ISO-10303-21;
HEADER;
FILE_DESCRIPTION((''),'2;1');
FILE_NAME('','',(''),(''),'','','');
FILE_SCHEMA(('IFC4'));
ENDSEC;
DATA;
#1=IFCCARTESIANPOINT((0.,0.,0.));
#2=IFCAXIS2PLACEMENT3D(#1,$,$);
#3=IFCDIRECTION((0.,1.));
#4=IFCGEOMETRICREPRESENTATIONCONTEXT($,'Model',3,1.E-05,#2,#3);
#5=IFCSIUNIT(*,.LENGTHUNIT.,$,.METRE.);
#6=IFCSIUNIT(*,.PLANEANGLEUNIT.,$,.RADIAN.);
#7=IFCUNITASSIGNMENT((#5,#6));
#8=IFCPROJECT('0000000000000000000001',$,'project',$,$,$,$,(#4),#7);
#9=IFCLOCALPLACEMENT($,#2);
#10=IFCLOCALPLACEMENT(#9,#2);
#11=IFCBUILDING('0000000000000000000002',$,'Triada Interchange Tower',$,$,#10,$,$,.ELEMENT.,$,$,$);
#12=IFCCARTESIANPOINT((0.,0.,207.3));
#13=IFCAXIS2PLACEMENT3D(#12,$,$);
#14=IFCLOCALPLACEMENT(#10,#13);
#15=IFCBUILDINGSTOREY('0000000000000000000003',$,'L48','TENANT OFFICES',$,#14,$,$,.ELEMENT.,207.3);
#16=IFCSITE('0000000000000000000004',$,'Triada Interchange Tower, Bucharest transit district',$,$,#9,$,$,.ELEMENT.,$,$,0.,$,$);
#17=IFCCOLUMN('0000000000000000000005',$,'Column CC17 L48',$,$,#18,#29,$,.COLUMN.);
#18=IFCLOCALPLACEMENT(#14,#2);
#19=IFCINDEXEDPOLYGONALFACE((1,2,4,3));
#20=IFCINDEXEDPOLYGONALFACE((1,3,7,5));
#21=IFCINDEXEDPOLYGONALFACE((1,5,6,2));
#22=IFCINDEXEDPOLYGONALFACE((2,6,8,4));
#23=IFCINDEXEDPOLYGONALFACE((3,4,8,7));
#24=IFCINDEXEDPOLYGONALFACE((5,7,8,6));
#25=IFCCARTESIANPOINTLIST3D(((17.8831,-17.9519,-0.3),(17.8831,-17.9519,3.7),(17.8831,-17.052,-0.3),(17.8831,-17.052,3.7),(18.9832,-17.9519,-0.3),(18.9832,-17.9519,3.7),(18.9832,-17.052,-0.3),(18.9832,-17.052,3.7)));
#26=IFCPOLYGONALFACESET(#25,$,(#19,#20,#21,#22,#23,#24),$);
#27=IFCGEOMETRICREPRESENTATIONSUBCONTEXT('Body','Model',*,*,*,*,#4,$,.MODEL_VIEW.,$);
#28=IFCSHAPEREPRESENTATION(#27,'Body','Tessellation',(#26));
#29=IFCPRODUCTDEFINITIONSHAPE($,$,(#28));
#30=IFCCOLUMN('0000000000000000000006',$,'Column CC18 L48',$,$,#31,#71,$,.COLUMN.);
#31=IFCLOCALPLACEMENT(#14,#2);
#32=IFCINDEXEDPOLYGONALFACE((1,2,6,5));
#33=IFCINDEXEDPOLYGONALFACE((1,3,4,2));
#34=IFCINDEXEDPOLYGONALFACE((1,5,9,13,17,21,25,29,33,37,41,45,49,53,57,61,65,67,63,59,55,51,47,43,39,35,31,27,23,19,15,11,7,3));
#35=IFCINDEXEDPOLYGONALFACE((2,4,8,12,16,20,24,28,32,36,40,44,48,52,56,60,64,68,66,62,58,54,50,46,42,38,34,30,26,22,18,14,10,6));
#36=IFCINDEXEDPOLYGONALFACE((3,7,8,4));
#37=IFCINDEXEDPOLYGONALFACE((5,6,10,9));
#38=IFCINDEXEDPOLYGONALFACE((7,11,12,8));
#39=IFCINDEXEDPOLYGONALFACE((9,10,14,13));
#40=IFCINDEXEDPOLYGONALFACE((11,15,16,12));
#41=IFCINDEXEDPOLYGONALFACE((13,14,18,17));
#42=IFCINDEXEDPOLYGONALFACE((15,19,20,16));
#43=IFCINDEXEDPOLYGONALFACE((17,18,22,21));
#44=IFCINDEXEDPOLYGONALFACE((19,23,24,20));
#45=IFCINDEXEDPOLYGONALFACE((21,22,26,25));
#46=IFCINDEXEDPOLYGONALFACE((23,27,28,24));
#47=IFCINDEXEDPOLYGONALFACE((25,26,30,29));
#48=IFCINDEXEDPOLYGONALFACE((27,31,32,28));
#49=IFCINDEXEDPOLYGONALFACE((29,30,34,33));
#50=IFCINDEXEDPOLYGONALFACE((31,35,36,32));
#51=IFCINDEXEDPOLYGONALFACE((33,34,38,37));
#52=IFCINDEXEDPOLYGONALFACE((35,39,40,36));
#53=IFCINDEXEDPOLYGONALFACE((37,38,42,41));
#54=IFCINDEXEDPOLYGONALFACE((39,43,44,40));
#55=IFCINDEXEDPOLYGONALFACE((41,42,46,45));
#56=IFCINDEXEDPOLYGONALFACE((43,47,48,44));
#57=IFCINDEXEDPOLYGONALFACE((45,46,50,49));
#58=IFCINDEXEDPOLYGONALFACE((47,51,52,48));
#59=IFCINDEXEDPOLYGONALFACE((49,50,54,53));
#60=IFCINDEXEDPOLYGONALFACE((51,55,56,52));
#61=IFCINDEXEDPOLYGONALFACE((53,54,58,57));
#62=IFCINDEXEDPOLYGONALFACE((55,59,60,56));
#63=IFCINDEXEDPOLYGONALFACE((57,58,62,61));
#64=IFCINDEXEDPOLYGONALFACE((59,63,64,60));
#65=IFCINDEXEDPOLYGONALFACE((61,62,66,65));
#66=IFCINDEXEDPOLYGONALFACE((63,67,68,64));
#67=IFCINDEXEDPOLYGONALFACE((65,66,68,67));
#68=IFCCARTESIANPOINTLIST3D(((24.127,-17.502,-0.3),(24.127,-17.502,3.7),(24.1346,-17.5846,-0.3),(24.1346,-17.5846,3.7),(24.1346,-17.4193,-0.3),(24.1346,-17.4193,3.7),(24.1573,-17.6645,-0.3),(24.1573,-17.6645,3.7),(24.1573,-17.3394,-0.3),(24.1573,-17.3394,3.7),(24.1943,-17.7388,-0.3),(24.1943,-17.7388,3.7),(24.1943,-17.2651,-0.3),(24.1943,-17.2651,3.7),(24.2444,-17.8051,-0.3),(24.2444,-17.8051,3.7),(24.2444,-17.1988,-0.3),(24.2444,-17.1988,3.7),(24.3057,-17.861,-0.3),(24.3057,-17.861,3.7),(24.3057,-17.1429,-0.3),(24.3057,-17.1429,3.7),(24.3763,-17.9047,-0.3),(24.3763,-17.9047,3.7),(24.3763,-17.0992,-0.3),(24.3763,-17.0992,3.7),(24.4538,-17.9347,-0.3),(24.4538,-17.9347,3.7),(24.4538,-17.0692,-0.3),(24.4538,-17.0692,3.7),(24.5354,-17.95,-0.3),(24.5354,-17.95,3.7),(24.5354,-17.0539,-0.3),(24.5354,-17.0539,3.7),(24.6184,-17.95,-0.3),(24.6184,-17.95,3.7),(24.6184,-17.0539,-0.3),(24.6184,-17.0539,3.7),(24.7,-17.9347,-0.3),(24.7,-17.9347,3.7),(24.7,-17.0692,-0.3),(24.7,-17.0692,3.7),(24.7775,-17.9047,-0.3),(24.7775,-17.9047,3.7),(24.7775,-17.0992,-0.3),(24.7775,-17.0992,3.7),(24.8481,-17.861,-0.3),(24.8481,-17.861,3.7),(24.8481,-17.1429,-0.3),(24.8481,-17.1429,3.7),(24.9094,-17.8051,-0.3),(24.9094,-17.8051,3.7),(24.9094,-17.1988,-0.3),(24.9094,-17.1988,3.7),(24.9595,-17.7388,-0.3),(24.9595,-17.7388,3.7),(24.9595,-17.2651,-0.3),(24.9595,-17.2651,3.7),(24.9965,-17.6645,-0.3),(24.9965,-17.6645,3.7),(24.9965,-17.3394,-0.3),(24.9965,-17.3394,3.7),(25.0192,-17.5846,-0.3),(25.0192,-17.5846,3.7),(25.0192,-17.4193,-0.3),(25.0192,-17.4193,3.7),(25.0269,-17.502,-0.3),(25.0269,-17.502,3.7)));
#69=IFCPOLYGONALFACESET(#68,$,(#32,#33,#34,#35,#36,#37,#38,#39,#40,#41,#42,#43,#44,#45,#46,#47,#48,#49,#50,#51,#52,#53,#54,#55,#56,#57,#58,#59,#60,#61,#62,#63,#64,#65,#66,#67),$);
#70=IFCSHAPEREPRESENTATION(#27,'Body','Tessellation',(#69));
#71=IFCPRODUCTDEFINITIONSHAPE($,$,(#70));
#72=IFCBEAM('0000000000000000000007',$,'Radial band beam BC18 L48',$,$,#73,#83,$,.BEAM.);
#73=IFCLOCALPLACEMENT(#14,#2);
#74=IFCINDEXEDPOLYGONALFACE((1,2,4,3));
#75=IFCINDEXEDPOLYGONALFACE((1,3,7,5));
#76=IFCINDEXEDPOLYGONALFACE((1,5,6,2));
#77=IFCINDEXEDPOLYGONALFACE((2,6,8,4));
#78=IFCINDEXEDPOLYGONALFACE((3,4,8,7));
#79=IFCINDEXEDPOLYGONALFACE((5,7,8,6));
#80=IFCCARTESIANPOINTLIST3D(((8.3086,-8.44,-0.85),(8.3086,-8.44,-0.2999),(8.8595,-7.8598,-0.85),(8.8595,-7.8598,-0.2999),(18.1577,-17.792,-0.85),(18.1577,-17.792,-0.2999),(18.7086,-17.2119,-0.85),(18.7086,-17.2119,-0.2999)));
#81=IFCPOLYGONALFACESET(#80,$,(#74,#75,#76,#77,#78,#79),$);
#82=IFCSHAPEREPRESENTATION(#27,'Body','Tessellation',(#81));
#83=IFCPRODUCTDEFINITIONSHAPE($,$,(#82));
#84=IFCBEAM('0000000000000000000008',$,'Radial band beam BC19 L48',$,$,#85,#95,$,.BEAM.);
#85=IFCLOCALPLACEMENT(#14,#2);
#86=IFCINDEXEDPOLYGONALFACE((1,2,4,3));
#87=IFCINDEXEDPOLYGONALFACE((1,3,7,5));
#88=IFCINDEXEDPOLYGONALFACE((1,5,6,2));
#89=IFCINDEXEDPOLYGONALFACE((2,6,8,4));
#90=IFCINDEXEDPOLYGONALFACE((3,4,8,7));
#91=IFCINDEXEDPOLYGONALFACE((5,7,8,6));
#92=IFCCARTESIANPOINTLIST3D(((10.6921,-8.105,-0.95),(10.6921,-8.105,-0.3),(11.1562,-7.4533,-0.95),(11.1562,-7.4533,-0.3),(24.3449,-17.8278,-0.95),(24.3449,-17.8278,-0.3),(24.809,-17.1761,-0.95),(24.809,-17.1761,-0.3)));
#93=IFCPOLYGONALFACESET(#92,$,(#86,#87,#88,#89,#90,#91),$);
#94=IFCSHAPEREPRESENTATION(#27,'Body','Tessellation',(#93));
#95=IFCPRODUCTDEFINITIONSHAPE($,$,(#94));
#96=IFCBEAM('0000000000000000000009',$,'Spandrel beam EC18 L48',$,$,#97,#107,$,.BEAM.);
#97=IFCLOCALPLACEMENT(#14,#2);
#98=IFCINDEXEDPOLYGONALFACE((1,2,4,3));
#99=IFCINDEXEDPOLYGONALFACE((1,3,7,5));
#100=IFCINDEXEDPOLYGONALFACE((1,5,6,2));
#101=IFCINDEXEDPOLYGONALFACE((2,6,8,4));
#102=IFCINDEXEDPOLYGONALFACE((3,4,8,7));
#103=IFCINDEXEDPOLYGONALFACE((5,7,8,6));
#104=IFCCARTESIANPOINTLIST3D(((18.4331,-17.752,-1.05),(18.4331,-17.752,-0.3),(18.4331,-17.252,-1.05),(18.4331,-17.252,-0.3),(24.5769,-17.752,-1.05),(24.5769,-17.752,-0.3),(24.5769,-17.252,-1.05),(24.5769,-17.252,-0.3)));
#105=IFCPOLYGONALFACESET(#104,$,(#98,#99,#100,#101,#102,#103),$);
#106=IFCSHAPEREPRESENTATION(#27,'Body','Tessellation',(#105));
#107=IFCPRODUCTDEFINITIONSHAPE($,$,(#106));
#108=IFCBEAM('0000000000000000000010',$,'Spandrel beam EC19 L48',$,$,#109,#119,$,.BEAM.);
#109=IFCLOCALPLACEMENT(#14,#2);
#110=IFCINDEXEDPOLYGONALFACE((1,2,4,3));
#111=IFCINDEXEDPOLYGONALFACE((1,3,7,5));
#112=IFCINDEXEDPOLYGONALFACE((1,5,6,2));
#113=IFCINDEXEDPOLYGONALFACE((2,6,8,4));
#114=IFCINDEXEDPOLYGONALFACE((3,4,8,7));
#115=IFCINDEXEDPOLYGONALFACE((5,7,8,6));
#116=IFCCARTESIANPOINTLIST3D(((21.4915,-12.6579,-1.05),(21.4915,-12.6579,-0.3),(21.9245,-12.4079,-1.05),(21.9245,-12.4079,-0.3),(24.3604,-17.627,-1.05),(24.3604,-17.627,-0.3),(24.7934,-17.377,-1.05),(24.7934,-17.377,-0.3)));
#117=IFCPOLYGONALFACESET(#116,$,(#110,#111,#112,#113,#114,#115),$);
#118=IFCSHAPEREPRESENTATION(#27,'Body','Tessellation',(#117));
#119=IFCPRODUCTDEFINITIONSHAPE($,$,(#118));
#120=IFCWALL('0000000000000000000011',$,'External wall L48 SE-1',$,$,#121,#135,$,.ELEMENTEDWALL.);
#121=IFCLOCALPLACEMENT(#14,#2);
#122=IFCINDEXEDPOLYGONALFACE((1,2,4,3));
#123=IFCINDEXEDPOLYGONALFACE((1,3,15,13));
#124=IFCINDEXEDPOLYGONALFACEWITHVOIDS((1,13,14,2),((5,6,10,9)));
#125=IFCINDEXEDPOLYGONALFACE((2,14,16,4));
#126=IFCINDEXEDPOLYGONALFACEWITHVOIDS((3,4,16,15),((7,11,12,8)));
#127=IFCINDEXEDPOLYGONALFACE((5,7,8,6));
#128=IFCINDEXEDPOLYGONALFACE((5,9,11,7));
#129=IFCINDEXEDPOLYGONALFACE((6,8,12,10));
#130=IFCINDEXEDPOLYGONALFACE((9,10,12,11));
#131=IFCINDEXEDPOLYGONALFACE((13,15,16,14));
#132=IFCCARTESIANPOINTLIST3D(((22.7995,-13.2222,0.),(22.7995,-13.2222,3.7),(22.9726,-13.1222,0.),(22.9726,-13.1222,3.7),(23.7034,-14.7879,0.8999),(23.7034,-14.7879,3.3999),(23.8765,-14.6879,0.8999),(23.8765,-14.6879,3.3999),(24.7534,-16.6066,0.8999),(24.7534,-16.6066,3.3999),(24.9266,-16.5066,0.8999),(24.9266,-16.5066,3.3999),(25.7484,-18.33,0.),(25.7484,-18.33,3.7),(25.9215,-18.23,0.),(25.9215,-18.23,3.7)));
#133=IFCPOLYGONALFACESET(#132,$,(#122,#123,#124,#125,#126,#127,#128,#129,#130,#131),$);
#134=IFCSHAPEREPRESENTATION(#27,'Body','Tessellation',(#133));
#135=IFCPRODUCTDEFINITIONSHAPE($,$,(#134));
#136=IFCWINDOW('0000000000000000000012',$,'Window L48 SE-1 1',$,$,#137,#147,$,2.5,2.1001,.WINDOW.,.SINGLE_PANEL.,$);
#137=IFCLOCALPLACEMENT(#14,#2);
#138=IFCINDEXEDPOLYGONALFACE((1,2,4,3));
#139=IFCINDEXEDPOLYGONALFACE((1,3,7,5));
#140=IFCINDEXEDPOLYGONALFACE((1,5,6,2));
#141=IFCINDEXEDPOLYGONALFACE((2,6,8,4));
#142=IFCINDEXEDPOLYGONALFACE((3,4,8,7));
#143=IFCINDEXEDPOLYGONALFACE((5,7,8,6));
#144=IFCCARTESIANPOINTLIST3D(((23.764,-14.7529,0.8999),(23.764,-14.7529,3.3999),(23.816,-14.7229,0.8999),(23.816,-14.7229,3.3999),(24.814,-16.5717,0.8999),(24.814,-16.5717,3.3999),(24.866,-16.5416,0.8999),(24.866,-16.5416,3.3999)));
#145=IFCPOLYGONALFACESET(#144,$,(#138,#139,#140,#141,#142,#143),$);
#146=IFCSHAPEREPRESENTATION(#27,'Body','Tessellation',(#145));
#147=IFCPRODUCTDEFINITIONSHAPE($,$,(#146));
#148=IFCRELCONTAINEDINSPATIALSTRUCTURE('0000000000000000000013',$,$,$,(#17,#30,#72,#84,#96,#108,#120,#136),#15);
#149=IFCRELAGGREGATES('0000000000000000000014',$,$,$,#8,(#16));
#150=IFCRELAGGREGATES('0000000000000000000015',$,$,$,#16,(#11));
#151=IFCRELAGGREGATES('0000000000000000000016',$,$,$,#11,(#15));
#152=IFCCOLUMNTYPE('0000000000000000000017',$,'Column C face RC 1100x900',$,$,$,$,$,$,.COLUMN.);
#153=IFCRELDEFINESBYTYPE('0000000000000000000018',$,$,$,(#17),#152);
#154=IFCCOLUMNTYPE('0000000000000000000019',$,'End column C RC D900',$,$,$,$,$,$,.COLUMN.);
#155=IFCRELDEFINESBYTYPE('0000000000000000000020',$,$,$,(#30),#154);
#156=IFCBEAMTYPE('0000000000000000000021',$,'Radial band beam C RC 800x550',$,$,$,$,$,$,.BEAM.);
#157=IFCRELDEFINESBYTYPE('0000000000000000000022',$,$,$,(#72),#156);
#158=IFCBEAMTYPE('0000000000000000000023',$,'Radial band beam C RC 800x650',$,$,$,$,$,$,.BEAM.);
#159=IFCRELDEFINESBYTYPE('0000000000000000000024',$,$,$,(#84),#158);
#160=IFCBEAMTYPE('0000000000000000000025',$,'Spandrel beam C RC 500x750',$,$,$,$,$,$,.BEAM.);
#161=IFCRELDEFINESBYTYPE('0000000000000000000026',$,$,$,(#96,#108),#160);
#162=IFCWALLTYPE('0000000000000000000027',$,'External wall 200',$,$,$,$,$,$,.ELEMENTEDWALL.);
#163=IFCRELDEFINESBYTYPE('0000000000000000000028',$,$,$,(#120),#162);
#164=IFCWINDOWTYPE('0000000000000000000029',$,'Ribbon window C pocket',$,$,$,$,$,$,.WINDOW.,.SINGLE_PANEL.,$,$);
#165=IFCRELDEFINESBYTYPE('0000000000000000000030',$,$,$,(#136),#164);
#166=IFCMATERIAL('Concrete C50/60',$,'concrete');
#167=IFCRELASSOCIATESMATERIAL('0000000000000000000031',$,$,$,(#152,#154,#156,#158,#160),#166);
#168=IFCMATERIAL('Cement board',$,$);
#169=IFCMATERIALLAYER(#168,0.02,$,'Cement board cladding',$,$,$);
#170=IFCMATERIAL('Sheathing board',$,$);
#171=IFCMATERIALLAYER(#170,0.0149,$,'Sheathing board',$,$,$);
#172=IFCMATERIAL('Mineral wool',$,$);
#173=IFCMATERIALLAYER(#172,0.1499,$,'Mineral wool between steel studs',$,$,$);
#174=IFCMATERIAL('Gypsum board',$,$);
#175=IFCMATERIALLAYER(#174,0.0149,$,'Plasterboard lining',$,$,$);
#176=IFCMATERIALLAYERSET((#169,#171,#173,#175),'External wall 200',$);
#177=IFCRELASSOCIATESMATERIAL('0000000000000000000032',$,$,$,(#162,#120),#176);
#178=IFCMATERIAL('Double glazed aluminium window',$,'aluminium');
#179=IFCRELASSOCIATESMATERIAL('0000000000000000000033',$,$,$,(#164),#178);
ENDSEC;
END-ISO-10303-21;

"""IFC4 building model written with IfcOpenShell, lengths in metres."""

from ifc_helpers import new_model, si_unit, direction, frame, frame_2d, origin, origin_2d, place, context, subcontext, project, spatial, rectangle, circle, extrude, material, layer, layer_set, layer_usage, material_profile, profile_set, type_object, element, fill, save


model = new_model("IFC4")

# Units and contexts
model_context = context("Model", 3, precision=1e-05, world=origin(), true_north=direction((0.0, 1.0)))
body_context = subcontext(model_context, "Body", "Model", "MODEL_VIEW")
ifc_project = project(units=[si_unit("LENGTHUNIT", "METRE"), si_unit("PLANEANGLEUNIT", "RADIAN")], contexts=[model_context])

# Site, building, storey
site_placement = place(None, origin())
site = spatial("IfcSite", under=ifc_project, at=site_placement, Name="Triada Interchange Tower, Bucharest transit district", CompositionType="ELEMENT", RefElevation=0.0)
building_placement = place(site_placement, origin())
building = spatial("IfcBuilding", under=site, at=building_placement, Name="Triada Interchange Tower", CompositionType="ELEMENT")
storey_placement = place(building_placement, frame((0.0, 0.0, 207.3)))
storey = spatial("IfcBuildingStorey", under=building, at=storey_placement, Name="L48", Description="TENANT OFFICES", CompositionType="ELEMENT", Elevation=207.3)

# Columns
ifc_material_1 = material(Name="Concrete C50/60", Category="concrete")
ifc_material_profile_1 = material_profile(ifc_material_1, rectangle(XDim=1.1001, YDim=0.8999, at=origin_2d()), Name="RC 1100x900")
ifc_profile_set_1 = profile_set([ifc_material_profile_1], Name="Concrete C50/60")
column_type_1 = type_object("IfcColumnType", Name="Column C face RC 1100x900", PredefinedType="COLUMN", material=ifc_profile_set_1)
column_1_placement = place(storey_placement, frame((18.4331, -17.502, -0.3), z_axis=(0.0, 0.0, 1.0), x_axis=(1.0, 0.0, 0.0)))
element("IfcColumn", 1, at=column_1_placement, inside=storey, type_object=column_type_1, Name="Column CC17 L48", PredefinedType="COLUMN", context=body_context, shape_type="SweptSolid", body=[
    extrude(rectangle(XDim=1.1001, YDim=0.8999, at=origin_2d()), origin(), (0.0, 0.0, 1.0), 4.0),
])
ifc_material_profile_2 = material_profile(ifc_material_1, circle(Radius=0.45, at=origin_2d()), Name="RC D900")
ifc_profile_set_2 = profile_set([ifc_material_profile_2], Name="Concrete C50/60")
column_type_2 = type_object("IfcColumnType", Name="End column C RC D900", PredefinedType="COLUMN", material=ifc_profile_set_2)
column_2_placement = place(storey_placement, frame((24.5769, -17.502, -0.3), z_axis=(0.0, 0.0, 1.0), x_axis=(1.0, 0.0, 0.0)))
element("IfcColumn", 2, at=column_2_placement, inside=storey, type_object=column_type_2, Name="Column CC18 L48", PredefinedType="COLUMN", context=body_context, shape_type="SweptSolid", body=[
    extrude(circle(Radius=0.45, at=origin_2d()), origin(), (0.0, 0.0, 1.0), 4.0),
])

# Beams
ifc_material_profile_3 = material_profile(ifc_material_1, rectangle(XDim=0.8, YDim=0.55, at=origin_2d()), Name="RC 800x550")
ifc_profile_set_3 = profile_set([ifc_material_profile_3], Name="Concrete C50/60")
beam_type_1 = type_object("IfcBeamType", Name="Radial band beam C RC 800x550", PredefinedType="BEAM", material=ifc_profile_set_3)
beam_1_placement = place(storey_placement, frame((18.4331, -17.502, -0.575), z_axis=(-0.725169, 0.688571, 0.0), x_axis=(-0.688571, -0.725169, 0.0)))
element("IfcBeam", 3, at=beam_1_placement, inside=storey, type_object=beam_type_1, Name="Radial band beam BC18 L48", PredefinedType="BEAM", context=body_context, shape_type="SweptSolid", body=[
    extrude(rectangle(XDim=0.8, YDim=0.55, at=origin_2d()), origin(), (0.0, 0.0, 1.0), 13.5818),
])
ifc_material_profile_4 = material_profile(ifc_material_1, rectangle(XDim=0.8, YDim=0.6499, at=origin_2d()), Name="RC 800x650")
ifc_profile_set_4 = profile_set([ifc_material_profile_4], Name="Concrete C50/60")
beam_type_2 = type_object("IfcBeamType", Name="Radial band beam C RC 800x650", PredefinedType="BEAM", material=ifc_profile_set_4)
beam_2_placement = place(storey_placement, frame((24.5769, -17.502, -0.625), z_axis=(-0.814554, 0.580087, 0.0), x_axis=(-0.580087, -0.814554, 0.0)))
element("IfcBeam", 4, at=beam_2_placement, inside=storey, type_object=beam_type_2, Name="Radial band beam BC19 L48", PredefinedType="BEAM", context=body_context, shape_type="SweptSolid", body=[
    extrude(rectangle(XDim=0.8, YDim=0.6499, at=origin_2d()), origin(), (0.0, 0.0, 1.0), 16.761),
])
ifc_material_profile_5 = material_profile(ifc_material_1, rectangle(XDim=0.5, YDim=0.75, at=origin_2d()), Name="RC 500x750")
ifc_profile_set_5 = profile_set([ifc_material_profile_5], Name="Concrete C50/60")
beam_type_3 = type_object("IfcBeamType", Name="Spandrel beam C RC 500x750", PredefinedType="BEAM", material=ifc_profile_set_5)
beam_3_placement = place(storey_placement, frame((18.4331, -17.502, -0.675), z_axis=(1.0, 0.0, 0.0), x_axis=(0.0, 1.0, 0.0)))
element("IfcBeam", 5, at=beam_3_placement, inside=storey, type_object=beam_type_3, Name="Spandrel beam EC18 L48", PredefinedType="BEAM", context=body_context, shape_type="SweptSolid", body=[
    extrude(rectangle(XDim=0.5, YDim=0.75, at=origin_2d()), origin(), (0.0, 0.0, 1.0), 6.1438),
])
beam_4_placement = place(storey_placement, frame((24.5769, -17.502, -0.675), z_axis=(-0.500006, 0.866022, 0.0), x_axis=(-0.866022, -0.500006, 0.0)))
element("IfcBeam", 6, at=beam_4_placement, inside=storey, type_object=beam_type_3, Name="Spandrel beam EC19 L48", PredefinedType="BEAM", context=body_context, shape_type="SweptSolid", body=[
    extrude(rectangle(XDim=0.5, YDim=0.75, at=origin_2d()), origin(), (0.0, 0.0, 1.0), 5.7378),
])

# Wall, opening, window
ifc_material_2 = material(Name="Cement board")
ifc_layer_1 = layer(ifc_material_2, 0.02, Name="Cement board cladding")
ifc_material_3 = material(Name="Sheathing board")
ifc_layer_2 = layer(ifc_material_3, 0.0149, Name="Sheathing board")
ifc_material_4 = material(Name="Mineral wool")
ifc_layer_3 = layer(ifc_material_4, 0.1499, Name="Mineral wool between steel studs")
ifc_material_5 = material(Name="Gypsum board")
ifc_layer_4 = layer(ifc_material_5, 0.0149, Name="Plasterboard lining")
ifc_layer_set_1 = layer_set([ifc_layer_1, ifc_layer_2, ifc_layer_3, ifc_layer_4], Name="External wall 200")
ifc_layer_usage = layer_usage(ifc_layer_set_1, "AXIS2", "POSITIVE", -0.1001)
wall_type_1 = type_object("IfcWallType", Name="External wall 200", PredefinedType="ELEMENTEDWALL", material=ifc_layer_set_1)
wall_1_placement = place(storey_placement, frame((25.835, -18.28, 0.0), z_axis=(0.0, 0.0, 1.0), x_axis=(-0.49999, 0.866031, 0.0)))
wall_1 = element("IfcWall", 7, at=wall_1_placement, inside=storey, type_object=wall_type_1, material=ifc_layer_usage, Name="External wall L48 SE-1", PredefinedType="ELEMENTEDWALL", context=body_context, shape_type="SweptSolid", body=[
    extrude(rectangle(XDim=5.8979, YDim=0.2, at=frame_2d((2.949, 0.0))), origin(), (0.0, 0.0, 1.0), 3.7),
])
opening_1_placement = place(wall_1_placement, frame((1.99, 0.0, 0.8999)))
opening_1 = element("IfcOpeningElement", 8, at=opening_1_placement, cuts=wall_1, PredefinedType="OPENING", context=body_context, shape_type="SweptSolid", body=[
    extrude(rectangle(XDim=2.1001, YDim=2.5, at=frame_2d((1.05, 1.25))), frame((0.0, 0.1099, 0.0), z_axis=(0.0, -1.0, 0.0), x_axis=(1.0, 0.0, 0.0)), (0.0, 0.0, 1.0), 0.22),
])
ifc_material_6 = material(Name="Double glazed aluminium window", Category="aluminium")
window_type_1 = type_object("IfcWindowType", Name="Ribbon window C pocket", PartitioningType="SINGLE_PANEL", PredefinedType="WINDOW", material=ifc_material_6)
window_1_placement = place(opening_1_placement, origin())
window_1 = element("IfcWindow", 9, at=window_1_placement, inside=storey, type_object=window_type_1, Name="Window L48 SE-1 1", OverallHeight=2.5, OverallWidth=2.1001, PartitioningType="SINGLE_PANEL", PredefinedType="WINDOW", context=body_context, shape_type="SweptSolid", body=[
    extrude(rectangle(XDim=2.1001, YDim=2.5, at=frame_2d((1.05, 1.25))), frame((0.0, 0.03, 0.0), z_axis=(0.0, -1.0, 0.0), x_axis=(1.0, 0.0, 0.0)), (0.0, 0.0, 1.0), 0.0601),
])
fill(opening_1, window_1)

save(model, "model.ifc")
